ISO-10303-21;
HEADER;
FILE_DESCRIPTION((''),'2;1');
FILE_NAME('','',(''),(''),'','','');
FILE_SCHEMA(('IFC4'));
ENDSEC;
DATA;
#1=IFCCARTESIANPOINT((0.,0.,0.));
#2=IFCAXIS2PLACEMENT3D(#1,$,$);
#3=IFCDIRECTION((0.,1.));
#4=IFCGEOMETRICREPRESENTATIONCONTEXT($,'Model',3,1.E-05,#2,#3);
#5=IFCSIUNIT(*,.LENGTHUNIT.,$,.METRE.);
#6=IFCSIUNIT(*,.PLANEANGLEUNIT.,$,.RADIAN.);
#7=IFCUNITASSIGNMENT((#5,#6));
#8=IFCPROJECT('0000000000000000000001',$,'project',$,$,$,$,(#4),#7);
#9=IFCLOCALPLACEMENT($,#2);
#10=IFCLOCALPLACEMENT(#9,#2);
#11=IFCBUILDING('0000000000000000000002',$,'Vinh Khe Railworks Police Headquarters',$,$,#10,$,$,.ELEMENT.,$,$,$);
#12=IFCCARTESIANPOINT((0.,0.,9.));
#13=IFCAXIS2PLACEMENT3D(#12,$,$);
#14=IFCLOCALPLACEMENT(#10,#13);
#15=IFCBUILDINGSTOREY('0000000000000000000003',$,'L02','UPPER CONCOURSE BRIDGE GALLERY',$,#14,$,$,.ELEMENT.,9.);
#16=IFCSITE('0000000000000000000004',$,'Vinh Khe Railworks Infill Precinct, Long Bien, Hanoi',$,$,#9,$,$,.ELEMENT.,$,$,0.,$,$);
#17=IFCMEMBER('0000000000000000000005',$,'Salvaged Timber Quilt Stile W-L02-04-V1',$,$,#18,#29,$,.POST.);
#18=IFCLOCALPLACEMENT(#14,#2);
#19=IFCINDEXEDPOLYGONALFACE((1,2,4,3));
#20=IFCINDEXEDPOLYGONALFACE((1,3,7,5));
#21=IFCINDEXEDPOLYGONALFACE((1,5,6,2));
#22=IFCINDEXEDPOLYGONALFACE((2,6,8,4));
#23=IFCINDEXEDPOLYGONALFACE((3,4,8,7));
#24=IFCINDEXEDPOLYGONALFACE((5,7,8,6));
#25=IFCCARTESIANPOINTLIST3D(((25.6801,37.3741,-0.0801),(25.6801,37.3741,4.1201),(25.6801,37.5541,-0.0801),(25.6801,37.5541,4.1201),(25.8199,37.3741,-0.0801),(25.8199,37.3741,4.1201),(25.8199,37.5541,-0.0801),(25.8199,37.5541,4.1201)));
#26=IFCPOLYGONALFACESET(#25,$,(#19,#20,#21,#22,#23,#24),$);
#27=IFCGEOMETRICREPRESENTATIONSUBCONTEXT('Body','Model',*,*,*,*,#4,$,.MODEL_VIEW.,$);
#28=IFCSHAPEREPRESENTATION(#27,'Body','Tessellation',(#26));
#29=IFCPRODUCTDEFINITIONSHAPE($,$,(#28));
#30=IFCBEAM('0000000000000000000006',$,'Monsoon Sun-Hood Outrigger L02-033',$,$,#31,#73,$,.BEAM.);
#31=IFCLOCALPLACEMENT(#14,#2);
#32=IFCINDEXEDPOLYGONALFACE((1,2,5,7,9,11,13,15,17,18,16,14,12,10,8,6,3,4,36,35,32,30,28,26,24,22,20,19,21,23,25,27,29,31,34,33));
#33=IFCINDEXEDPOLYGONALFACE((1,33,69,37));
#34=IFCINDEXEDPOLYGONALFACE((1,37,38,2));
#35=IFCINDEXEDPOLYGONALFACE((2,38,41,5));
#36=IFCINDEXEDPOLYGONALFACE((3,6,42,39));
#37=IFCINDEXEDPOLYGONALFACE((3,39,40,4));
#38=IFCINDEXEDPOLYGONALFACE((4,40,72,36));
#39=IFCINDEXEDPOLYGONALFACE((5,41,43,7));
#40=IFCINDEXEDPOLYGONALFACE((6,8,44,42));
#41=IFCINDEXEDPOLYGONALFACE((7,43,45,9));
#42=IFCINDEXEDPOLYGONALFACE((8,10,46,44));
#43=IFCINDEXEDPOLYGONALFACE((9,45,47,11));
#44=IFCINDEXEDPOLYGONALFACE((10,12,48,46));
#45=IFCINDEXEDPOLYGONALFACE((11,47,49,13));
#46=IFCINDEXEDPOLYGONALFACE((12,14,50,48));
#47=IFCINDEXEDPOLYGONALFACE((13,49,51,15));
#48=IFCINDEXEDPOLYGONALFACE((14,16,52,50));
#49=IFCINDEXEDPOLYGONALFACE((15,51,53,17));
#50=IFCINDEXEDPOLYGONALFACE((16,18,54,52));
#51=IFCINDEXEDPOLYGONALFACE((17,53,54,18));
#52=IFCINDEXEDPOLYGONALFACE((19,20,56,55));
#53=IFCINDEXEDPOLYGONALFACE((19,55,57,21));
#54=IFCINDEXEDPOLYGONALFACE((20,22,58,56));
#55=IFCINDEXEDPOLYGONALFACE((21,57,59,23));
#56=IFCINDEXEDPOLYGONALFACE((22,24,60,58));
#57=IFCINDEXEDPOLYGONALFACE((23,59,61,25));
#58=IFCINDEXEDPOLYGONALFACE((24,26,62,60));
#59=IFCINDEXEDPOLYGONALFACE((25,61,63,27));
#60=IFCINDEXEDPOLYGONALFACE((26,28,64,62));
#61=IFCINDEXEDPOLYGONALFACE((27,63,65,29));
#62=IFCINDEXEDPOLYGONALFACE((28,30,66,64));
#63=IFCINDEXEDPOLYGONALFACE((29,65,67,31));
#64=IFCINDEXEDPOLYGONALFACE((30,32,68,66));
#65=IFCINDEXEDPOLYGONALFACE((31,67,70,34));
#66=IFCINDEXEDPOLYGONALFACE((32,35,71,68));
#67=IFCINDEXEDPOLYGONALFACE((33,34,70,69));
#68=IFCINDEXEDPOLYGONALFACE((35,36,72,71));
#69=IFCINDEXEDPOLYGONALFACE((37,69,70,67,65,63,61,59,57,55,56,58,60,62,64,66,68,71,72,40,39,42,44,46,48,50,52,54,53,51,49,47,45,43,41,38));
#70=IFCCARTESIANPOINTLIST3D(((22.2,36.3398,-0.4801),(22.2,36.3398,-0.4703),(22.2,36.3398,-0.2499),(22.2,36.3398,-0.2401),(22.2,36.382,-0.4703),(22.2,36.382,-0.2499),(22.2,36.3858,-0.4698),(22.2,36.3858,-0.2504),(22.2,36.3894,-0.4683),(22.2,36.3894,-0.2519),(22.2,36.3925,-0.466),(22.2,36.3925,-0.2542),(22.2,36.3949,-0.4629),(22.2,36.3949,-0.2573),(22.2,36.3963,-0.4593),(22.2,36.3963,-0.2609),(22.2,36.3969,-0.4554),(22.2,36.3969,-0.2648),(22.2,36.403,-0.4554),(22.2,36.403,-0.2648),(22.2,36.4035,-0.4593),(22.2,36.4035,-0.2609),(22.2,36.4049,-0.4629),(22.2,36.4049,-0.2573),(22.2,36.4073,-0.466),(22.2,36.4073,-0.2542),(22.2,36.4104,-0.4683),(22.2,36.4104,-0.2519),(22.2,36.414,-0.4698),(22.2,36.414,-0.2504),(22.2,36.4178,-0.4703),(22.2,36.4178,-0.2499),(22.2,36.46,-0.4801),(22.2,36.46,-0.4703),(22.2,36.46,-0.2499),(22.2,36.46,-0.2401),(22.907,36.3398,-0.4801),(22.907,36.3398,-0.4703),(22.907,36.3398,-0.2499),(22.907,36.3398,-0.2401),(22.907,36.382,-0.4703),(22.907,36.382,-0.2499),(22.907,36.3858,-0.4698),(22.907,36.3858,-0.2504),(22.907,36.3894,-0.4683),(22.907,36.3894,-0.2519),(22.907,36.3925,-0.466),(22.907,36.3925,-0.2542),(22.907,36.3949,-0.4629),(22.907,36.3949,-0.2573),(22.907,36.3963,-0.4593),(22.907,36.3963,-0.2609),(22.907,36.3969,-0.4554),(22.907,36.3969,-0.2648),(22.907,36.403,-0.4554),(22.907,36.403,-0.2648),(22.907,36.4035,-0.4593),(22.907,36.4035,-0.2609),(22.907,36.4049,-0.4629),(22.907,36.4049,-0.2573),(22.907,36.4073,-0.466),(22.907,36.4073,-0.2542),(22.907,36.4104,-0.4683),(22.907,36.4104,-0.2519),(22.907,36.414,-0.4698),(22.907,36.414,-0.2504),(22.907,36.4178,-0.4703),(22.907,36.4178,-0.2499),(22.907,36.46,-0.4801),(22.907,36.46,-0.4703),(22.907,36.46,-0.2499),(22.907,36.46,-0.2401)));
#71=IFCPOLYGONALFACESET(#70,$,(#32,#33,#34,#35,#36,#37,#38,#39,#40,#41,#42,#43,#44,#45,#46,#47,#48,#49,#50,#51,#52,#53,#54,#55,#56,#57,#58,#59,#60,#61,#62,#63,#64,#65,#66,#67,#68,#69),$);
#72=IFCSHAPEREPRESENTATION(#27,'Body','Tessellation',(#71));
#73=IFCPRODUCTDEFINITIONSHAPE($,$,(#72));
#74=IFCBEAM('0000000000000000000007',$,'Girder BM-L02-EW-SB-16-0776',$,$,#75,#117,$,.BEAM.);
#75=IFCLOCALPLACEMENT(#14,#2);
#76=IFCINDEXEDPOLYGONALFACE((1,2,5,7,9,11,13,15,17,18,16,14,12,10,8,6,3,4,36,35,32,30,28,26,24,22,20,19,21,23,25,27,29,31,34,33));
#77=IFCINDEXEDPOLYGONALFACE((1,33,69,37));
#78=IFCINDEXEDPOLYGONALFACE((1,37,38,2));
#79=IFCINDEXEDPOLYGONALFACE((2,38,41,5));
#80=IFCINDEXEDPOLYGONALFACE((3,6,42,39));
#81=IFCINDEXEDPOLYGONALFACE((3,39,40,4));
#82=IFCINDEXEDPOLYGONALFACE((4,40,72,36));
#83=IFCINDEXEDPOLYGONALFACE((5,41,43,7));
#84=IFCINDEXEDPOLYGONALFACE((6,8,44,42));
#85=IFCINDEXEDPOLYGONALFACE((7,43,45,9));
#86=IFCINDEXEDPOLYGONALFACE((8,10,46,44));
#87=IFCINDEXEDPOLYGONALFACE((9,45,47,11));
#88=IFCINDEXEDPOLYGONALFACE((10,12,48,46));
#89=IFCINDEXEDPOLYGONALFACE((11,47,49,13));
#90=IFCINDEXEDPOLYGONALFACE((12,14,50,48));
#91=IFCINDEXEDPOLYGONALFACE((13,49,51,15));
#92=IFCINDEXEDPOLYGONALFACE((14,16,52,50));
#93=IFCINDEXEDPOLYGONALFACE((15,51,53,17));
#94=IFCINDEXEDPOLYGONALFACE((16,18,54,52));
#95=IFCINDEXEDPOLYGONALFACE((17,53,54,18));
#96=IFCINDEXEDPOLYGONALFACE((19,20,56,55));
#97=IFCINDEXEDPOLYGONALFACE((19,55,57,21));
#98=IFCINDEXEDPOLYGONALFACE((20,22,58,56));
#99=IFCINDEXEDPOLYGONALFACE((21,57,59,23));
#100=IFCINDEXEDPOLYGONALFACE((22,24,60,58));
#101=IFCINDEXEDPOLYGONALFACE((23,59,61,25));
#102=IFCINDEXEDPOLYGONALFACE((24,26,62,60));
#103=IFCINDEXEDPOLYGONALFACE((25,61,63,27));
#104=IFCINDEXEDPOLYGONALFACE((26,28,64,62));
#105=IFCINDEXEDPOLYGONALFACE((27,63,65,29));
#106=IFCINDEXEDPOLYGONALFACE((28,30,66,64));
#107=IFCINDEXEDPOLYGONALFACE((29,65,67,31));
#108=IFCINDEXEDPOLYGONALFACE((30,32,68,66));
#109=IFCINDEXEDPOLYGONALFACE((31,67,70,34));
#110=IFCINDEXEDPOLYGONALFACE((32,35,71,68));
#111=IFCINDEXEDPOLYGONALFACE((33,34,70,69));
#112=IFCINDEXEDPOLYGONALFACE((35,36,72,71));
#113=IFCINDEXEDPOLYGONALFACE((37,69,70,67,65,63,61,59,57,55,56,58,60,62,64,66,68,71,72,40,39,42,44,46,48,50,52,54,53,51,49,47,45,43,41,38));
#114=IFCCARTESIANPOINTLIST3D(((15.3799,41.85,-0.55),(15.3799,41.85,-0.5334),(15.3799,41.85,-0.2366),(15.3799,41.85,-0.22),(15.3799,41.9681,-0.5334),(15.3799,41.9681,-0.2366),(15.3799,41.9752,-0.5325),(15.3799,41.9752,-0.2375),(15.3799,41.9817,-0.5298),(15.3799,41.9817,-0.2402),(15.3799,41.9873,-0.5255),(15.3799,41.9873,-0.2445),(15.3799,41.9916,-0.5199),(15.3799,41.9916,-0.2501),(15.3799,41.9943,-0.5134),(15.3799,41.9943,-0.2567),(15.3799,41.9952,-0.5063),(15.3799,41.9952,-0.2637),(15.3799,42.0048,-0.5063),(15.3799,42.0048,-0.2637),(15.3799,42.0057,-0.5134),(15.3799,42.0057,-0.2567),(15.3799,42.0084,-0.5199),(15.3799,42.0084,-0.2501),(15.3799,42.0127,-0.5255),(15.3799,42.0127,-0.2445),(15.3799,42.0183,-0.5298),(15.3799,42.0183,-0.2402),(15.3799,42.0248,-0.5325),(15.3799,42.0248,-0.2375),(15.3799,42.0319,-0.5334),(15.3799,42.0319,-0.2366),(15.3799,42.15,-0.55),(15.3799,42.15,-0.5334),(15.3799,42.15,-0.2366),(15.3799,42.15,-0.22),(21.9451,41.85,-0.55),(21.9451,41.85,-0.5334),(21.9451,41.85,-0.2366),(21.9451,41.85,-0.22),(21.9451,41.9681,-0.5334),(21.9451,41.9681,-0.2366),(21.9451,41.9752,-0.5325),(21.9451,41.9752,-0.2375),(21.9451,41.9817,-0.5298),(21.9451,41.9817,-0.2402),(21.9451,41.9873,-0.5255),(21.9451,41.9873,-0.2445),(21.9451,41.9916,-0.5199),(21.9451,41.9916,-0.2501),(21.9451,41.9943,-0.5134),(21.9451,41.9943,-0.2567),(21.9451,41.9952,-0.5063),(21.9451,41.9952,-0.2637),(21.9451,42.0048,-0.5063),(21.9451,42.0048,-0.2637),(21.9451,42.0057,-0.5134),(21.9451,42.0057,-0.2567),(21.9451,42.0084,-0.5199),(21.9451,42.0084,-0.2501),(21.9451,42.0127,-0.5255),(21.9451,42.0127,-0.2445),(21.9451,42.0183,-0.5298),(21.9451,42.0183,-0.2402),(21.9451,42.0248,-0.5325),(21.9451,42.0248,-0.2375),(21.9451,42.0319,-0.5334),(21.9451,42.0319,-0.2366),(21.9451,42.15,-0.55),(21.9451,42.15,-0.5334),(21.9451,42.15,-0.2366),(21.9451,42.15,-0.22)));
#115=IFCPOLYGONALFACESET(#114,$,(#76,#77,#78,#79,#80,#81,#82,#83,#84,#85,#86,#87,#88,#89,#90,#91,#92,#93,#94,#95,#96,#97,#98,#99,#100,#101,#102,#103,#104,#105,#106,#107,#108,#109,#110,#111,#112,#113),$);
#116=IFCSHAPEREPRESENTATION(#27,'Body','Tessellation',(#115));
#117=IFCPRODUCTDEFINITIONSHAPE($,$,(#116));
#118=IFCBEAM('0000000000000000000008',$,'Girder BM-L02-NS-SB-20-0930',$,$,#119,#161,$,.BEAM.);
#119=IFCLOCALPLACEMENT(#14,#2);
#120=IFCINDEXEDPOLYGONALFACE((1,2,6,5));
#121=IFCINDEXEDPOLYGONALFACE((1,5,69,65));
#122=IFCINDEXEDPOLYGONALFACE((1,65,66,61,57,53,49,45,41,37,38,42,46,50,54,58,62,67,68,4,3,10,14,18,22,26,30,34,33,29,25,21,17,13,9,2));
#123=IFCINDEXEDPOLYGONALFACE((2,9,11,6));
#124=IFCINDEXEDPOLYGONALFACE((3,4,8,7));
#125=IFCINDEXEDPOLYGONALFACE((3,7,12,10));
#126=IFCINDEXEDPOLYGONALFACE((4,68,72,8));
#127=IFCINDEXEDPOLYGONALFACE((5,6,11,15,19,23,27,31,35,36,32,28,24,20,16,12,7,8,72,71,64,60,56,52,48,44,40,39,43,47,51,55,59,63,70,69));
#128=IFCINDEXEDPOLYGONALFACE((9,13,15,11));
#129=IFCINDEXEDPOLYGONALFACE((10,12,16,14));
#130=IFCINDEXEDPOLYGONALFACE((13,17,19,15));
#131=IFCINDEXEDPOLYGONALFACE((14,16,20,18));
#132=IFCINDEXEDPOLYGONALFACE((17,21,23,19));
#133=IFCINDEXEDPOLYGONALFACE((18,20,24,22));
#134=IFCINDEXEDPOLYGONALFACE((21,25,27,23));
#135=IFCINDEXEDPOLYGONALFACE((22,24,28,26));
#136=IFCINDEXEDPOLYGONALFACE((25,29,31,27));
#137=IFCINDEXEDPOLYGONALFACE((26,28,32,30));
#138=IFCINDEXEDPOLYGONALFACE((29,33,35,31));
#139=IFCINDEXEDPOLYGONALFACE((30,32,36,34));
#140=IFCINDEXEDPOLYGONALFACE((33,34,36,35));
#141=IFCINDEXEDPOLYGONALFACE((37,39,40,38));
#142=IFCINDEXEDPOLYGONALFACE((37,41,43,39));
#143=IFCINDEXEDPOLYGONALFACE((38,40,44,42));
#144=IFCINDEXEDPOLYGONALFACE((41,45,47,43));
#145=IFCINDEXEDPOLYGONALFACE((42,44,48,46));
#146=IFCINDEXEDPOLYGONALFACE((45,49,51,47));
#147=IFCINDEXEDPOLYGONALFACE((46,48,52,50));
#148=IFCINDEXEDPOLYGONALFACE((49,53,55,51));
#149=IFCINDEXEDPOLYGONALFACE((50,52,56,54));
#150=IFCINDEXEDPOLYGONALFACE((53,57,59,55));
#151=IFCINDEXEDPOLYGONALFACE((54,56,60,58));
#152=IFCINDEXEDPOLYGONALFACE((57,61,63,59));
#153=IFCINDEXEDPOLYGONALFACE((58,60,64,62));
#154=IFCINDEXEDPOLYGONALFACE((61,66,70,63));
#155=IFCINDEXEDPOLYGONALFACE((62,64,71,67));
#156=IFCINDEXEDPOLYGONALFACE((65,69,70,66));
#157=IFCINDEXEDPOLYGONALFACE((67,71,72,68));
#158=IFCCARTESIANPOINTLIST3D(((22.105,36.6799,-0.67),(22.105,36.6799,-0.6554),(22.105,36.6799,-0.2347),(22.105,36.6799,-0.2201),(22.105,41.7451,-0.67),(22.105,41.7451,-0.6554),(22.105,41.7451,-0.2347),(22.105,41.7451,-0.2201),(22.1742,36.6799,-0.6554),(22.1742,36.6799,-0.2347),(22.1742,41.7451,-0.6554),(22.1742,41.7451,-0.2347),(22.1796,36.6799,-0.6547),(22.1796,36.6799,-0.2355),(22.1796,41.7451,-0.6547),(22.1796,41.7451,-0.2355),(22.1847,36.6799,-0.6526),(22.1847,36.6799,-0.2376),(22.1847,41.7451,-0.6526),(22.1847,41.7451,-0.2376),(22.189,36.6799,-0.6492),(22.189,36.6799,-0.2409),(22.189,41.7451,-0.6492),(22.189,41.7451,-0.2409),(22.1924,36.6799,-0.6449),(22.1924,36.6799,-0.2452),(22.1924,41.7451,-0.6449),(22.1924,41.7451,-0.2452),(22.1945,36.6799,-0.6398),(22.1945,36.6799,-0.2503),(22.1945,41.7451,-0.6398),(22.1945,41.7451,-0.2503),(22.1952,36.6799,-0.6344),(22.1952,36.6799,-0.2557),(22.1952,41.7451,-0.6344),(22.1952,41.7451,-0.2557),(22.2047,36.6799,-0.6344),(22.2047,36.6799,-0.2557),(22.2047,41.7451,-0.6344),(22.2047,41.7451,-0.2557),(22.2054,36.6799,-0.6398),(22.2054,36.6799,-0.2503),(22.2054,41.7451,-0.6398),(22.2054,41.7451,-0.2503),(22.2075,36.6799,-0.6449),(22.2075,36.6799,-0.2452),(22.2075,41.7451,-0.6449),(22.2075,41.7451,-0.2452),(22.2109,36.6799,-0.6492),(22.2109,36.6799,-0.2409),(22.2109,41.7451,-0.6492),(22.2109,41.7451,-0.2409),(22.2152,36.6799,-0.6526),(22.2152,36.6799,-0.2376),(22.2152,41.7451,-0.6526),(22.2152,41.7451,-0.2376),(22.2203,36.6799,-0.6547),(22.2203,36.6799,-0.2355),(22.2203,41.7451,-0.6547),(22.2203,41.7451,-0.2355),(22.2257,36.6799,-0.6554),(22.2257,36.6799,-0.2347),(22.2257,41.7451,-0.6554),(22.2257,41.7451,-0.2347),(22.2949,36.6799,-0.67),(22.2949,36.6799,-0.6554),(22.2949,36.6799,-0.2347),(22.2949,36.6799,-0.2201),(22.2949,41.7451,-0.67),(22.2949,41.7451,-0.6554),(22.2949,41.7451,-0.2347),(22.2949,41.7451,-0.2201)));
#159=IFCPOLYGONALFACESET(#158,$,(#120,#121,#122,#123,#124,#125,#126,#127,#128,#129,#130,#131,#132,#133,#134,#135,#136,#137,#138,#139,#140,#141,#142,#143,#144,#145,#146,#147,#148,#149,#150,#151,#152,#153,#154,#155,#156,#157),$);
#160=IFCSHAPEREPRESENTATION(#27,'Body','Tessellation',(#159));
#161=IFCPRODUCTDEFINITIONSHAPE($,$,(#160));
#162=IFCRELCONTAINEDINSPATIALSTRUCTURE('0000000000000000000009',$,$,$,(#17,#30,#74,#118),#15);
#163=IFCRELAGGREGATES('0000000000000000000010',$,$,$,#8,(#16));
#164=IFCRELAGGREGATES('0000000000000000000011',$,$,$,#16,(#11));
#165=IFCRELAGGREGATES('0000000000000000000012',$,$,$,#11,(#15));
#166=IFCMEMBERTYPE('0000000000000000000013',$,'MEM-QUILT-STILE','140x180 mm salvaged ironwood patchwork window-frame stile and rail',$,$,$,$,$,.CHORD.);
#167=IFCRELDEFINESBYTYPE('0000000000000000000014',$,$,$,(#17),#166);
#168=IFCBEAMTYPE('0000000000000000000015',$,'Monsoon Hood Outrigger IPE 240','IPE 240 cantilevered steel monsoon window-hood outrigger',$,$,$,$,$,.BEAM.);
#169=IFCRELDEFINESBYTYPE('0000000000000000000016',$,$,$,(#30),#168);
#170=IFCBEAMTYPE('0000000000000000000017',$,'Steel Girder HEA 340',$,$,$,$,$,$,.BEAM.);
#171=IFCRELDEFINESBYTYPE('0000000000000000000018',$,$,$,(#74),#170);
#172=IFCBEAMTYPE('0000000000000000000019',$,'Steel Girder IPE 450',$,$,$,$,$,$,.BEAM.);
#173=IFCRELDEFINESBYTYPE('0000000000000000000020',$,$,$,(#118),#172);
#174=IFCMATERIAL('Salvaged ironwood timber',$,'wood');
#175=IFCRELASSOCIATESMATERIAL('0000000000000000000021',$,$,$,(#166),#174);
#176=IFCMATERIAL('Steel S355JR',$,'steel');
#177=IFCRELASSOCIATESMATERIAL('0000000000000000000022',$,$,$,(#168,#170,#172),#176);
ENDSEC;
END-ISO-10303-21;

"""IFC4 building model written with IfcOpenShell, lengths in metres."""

from ifc_helpers import new_model, si_unit, direction, frame, origin, origin_2d, place, context, subcontext, project, spatial, rectangle, i_section, extrude, material, material_profile, profile_set, type_object, element, save


model = new_model("IFC4")

# Units and contexts
model_context = context("Model", 3, precision=1e-05, world=origin(), true_north=direction((0.0, 1.0)))
body_context = subcontext(model_context, "Body", "Model", "MODEL_VIEW")
ifc_project = project(units=[si_unit("LENGTHUNIT", "METRE"), si_unit("PLANEANGLEUNIT", "RADIAN")], contexts=[model_context])

# Site, building, storey
site_placement = place(None, origin())
site = spatial("IfcSite", under=ifc_project, at=site_placement, Name="Vinh Khe Railworks Infill Precinct, Long Bien, Hanoi", CompositionType="ELEMENT", RefElevation=0.0)
building_placement = place(site_placement, origin())
building = spatial("IfcBuilding", under=site, at=building_placement, Name="Vinh Khe Railworks Police Headquarters", CompositionType="ELEMENT")
storey_placement = place(building_placement, frame((0.0, 0.0, 9.0)))
storey = spatial("IfcBuildingStorey", under=building, at=storey_placement, Name="L02", Description="UPPER CONCOURSE BRIDGE GALLERY", CompositionType="ELEMENT", Elevation=9.0)

# Shared definitions
ifc_material_1 = material(Name="Steel S355JR", Category="steel")

# Member
ifc_material_2 = material(Name="Salvaged ironwood timber", Category="wood")
ifc_material_profile_1 = material_profile(ifc_material_2, rectangle(XDim=0.1399, YDim=0.1799, at=origin_2d()), Name="TIMBER 140x180")
ifc_profile_set_1 = profile_set([ifc_material_profile_1], Name="Salvaged ironwood timber")
member_type = type_object("IfcMemberType", Name="MEM-QUILT-STILE", Description="140x180 mm salvaged ironwood patchwork window-frame stile and rail", PredefinedType="CHORD", material=ifc_profile_set_1)
member_1_placement = place(storey_placement, frame((25.75, 37.4641, -0.0801), z_axis=(0.0, 0.0, 1.0), x_axis=(1.0, 0.0, 0.0)))
element("IfcMember", 1, at=member_1_placement, inside=storey, type_object=member_type, Name="Salvaged Timber Quilt Stile W-L02-04-V1", PredefinedType="POST", context=body_context, shape_type="SweptSolid", body=[
    extrude(rectangle(XDim=0.1399, YDim=0.1799, at=origin_2d()), origin(), (0.0, 0.0, 1.0), 4.2002),
])

# Beams
ifc_material_profile_2 = material_profile(ifc_material_1, i_section(OverallWidth=0.1201, OverallDepth=0.24, WebThickness=0.0061, FlangeThickness=0.0098, FilletRadius=0.0149, at=origin_2d()), Name="IPE 240")
ifc_profile_set_2 = profile_set([ifc_material_profile_2], Name="Steel S355JR")
beam_type_1 = type_object("IfcBeamType", Name="Monsoon Hood Outrigger IPE 240", Description="IPE 240 cantilevered steel monsoon window-hood outrigger", PredefinedType="BEAM", material=ifc_profile_set_2)
beam_1_placement = place(storey_placement, frame((22.2, 36.3999, -0.3601), z_axis=(1.0, 0.0, 0.0), x_axis=(0.0, 1.0, 0.0)))
element("IfcBeam", 2, at=beam_1_placement, inside=storey, type_object=beam_type_1, Name="Monsoon Sun-Hood Outrigger L02-033", PredefinedType="BEAM", context=body_context, shape_type="SweptSolid", body=[
    extrude(i_section(OverallWidth=0.1201, OverallDepth=0.24, WebThickness=0.0061, FlangeThickness=0.0098, FilletRadius=0.0149, at=origin_2d()), origin(), (0.0, 0.0, 1.0), 0.707),
])
ifc_material_profile_3 = material_profile(ifc_material_1, i_section(OverallWidth=0.3, OverallDepth=0.3301, WebThickness=0.0095, FlangeThickness=0.0166, FilletRadius=0.0271, at=origin_2d()), Name="HEA 340")
ifc_profile_set_3 = profile_set([ifc_material_profile_3], Name="Steel S355JR")
beam_type_2 = type_object("IfcBeamType", Name="Steel Girder HEA 340", PredefinedType="BEAM", material=ifc_profile_set_3)
beam_2_placement = place(storey_placement, frame((15.3799, 42.0, -0.385), z_axis=(1.0, 0.0, 0.0), x_axis=(0.0, 1.0, 0.0)))
element("IfcBeam", 3, at=beam_2_placement, inside=storey, type_object=beam_type_2, Name="Girder BM-L02-EW-SB-16-0776", PredefinedType="BEAM", context=body_context, shape_type="SweptSolid", body=[
    extrude(i_section(OverallWidth=0.3, OverallDepth=0.3301, WebThickness=0.0095, FlangeThickness=0.0166, FilletRadius=0.0271, at=origin_2d()), origin(), (0.0, 0.0, 1.0), 6.5652),
])
ifc_material_profile_4 = material_profile(ifc_material_1, i_section(OverallWidth=0.1899, OverallDepth=0.45, WebThickness=0.0095, FlangeThickness=0.0146, FilletRadius=0.021, at=origin_2d()), Name="IPE 450")
ifc_profile_set_4 = profile_set([ifc_material_profile_4], Name="Steel S355JR")
beam_type_3 = type_object("IfcBeamType", Name="Steel Girder IPE 450", PredefinedType="BEAM", material=ifc_profile_set_4)
beam_3_placement = place(storey_placement, frame((22.2, 36.6799, -0.4451), z_axis=(0.0, 1.0, 0.0), x_axis=(-1.0, 0.0, 0.0)))
element("IfcBeam", 4, at=beam_3_placement, inside=storey, type_object=beam_type_3, Name="Girder BM-L02-NS-SB-20-0930", PredefinedType="BEAM", context=body_context, shape_type="SweptSolid", body=[
    extrude(i_section(OverallWidth=0.1899, OverallDepth=0.45, WebThickness=0.0095, FlangeThickness=0.0146, FilletRadius=0.021, at=origin_2d()), origin(), (0.0, 0.0, 1.0), 5.0652),
])

save(model, "model.ifc")
